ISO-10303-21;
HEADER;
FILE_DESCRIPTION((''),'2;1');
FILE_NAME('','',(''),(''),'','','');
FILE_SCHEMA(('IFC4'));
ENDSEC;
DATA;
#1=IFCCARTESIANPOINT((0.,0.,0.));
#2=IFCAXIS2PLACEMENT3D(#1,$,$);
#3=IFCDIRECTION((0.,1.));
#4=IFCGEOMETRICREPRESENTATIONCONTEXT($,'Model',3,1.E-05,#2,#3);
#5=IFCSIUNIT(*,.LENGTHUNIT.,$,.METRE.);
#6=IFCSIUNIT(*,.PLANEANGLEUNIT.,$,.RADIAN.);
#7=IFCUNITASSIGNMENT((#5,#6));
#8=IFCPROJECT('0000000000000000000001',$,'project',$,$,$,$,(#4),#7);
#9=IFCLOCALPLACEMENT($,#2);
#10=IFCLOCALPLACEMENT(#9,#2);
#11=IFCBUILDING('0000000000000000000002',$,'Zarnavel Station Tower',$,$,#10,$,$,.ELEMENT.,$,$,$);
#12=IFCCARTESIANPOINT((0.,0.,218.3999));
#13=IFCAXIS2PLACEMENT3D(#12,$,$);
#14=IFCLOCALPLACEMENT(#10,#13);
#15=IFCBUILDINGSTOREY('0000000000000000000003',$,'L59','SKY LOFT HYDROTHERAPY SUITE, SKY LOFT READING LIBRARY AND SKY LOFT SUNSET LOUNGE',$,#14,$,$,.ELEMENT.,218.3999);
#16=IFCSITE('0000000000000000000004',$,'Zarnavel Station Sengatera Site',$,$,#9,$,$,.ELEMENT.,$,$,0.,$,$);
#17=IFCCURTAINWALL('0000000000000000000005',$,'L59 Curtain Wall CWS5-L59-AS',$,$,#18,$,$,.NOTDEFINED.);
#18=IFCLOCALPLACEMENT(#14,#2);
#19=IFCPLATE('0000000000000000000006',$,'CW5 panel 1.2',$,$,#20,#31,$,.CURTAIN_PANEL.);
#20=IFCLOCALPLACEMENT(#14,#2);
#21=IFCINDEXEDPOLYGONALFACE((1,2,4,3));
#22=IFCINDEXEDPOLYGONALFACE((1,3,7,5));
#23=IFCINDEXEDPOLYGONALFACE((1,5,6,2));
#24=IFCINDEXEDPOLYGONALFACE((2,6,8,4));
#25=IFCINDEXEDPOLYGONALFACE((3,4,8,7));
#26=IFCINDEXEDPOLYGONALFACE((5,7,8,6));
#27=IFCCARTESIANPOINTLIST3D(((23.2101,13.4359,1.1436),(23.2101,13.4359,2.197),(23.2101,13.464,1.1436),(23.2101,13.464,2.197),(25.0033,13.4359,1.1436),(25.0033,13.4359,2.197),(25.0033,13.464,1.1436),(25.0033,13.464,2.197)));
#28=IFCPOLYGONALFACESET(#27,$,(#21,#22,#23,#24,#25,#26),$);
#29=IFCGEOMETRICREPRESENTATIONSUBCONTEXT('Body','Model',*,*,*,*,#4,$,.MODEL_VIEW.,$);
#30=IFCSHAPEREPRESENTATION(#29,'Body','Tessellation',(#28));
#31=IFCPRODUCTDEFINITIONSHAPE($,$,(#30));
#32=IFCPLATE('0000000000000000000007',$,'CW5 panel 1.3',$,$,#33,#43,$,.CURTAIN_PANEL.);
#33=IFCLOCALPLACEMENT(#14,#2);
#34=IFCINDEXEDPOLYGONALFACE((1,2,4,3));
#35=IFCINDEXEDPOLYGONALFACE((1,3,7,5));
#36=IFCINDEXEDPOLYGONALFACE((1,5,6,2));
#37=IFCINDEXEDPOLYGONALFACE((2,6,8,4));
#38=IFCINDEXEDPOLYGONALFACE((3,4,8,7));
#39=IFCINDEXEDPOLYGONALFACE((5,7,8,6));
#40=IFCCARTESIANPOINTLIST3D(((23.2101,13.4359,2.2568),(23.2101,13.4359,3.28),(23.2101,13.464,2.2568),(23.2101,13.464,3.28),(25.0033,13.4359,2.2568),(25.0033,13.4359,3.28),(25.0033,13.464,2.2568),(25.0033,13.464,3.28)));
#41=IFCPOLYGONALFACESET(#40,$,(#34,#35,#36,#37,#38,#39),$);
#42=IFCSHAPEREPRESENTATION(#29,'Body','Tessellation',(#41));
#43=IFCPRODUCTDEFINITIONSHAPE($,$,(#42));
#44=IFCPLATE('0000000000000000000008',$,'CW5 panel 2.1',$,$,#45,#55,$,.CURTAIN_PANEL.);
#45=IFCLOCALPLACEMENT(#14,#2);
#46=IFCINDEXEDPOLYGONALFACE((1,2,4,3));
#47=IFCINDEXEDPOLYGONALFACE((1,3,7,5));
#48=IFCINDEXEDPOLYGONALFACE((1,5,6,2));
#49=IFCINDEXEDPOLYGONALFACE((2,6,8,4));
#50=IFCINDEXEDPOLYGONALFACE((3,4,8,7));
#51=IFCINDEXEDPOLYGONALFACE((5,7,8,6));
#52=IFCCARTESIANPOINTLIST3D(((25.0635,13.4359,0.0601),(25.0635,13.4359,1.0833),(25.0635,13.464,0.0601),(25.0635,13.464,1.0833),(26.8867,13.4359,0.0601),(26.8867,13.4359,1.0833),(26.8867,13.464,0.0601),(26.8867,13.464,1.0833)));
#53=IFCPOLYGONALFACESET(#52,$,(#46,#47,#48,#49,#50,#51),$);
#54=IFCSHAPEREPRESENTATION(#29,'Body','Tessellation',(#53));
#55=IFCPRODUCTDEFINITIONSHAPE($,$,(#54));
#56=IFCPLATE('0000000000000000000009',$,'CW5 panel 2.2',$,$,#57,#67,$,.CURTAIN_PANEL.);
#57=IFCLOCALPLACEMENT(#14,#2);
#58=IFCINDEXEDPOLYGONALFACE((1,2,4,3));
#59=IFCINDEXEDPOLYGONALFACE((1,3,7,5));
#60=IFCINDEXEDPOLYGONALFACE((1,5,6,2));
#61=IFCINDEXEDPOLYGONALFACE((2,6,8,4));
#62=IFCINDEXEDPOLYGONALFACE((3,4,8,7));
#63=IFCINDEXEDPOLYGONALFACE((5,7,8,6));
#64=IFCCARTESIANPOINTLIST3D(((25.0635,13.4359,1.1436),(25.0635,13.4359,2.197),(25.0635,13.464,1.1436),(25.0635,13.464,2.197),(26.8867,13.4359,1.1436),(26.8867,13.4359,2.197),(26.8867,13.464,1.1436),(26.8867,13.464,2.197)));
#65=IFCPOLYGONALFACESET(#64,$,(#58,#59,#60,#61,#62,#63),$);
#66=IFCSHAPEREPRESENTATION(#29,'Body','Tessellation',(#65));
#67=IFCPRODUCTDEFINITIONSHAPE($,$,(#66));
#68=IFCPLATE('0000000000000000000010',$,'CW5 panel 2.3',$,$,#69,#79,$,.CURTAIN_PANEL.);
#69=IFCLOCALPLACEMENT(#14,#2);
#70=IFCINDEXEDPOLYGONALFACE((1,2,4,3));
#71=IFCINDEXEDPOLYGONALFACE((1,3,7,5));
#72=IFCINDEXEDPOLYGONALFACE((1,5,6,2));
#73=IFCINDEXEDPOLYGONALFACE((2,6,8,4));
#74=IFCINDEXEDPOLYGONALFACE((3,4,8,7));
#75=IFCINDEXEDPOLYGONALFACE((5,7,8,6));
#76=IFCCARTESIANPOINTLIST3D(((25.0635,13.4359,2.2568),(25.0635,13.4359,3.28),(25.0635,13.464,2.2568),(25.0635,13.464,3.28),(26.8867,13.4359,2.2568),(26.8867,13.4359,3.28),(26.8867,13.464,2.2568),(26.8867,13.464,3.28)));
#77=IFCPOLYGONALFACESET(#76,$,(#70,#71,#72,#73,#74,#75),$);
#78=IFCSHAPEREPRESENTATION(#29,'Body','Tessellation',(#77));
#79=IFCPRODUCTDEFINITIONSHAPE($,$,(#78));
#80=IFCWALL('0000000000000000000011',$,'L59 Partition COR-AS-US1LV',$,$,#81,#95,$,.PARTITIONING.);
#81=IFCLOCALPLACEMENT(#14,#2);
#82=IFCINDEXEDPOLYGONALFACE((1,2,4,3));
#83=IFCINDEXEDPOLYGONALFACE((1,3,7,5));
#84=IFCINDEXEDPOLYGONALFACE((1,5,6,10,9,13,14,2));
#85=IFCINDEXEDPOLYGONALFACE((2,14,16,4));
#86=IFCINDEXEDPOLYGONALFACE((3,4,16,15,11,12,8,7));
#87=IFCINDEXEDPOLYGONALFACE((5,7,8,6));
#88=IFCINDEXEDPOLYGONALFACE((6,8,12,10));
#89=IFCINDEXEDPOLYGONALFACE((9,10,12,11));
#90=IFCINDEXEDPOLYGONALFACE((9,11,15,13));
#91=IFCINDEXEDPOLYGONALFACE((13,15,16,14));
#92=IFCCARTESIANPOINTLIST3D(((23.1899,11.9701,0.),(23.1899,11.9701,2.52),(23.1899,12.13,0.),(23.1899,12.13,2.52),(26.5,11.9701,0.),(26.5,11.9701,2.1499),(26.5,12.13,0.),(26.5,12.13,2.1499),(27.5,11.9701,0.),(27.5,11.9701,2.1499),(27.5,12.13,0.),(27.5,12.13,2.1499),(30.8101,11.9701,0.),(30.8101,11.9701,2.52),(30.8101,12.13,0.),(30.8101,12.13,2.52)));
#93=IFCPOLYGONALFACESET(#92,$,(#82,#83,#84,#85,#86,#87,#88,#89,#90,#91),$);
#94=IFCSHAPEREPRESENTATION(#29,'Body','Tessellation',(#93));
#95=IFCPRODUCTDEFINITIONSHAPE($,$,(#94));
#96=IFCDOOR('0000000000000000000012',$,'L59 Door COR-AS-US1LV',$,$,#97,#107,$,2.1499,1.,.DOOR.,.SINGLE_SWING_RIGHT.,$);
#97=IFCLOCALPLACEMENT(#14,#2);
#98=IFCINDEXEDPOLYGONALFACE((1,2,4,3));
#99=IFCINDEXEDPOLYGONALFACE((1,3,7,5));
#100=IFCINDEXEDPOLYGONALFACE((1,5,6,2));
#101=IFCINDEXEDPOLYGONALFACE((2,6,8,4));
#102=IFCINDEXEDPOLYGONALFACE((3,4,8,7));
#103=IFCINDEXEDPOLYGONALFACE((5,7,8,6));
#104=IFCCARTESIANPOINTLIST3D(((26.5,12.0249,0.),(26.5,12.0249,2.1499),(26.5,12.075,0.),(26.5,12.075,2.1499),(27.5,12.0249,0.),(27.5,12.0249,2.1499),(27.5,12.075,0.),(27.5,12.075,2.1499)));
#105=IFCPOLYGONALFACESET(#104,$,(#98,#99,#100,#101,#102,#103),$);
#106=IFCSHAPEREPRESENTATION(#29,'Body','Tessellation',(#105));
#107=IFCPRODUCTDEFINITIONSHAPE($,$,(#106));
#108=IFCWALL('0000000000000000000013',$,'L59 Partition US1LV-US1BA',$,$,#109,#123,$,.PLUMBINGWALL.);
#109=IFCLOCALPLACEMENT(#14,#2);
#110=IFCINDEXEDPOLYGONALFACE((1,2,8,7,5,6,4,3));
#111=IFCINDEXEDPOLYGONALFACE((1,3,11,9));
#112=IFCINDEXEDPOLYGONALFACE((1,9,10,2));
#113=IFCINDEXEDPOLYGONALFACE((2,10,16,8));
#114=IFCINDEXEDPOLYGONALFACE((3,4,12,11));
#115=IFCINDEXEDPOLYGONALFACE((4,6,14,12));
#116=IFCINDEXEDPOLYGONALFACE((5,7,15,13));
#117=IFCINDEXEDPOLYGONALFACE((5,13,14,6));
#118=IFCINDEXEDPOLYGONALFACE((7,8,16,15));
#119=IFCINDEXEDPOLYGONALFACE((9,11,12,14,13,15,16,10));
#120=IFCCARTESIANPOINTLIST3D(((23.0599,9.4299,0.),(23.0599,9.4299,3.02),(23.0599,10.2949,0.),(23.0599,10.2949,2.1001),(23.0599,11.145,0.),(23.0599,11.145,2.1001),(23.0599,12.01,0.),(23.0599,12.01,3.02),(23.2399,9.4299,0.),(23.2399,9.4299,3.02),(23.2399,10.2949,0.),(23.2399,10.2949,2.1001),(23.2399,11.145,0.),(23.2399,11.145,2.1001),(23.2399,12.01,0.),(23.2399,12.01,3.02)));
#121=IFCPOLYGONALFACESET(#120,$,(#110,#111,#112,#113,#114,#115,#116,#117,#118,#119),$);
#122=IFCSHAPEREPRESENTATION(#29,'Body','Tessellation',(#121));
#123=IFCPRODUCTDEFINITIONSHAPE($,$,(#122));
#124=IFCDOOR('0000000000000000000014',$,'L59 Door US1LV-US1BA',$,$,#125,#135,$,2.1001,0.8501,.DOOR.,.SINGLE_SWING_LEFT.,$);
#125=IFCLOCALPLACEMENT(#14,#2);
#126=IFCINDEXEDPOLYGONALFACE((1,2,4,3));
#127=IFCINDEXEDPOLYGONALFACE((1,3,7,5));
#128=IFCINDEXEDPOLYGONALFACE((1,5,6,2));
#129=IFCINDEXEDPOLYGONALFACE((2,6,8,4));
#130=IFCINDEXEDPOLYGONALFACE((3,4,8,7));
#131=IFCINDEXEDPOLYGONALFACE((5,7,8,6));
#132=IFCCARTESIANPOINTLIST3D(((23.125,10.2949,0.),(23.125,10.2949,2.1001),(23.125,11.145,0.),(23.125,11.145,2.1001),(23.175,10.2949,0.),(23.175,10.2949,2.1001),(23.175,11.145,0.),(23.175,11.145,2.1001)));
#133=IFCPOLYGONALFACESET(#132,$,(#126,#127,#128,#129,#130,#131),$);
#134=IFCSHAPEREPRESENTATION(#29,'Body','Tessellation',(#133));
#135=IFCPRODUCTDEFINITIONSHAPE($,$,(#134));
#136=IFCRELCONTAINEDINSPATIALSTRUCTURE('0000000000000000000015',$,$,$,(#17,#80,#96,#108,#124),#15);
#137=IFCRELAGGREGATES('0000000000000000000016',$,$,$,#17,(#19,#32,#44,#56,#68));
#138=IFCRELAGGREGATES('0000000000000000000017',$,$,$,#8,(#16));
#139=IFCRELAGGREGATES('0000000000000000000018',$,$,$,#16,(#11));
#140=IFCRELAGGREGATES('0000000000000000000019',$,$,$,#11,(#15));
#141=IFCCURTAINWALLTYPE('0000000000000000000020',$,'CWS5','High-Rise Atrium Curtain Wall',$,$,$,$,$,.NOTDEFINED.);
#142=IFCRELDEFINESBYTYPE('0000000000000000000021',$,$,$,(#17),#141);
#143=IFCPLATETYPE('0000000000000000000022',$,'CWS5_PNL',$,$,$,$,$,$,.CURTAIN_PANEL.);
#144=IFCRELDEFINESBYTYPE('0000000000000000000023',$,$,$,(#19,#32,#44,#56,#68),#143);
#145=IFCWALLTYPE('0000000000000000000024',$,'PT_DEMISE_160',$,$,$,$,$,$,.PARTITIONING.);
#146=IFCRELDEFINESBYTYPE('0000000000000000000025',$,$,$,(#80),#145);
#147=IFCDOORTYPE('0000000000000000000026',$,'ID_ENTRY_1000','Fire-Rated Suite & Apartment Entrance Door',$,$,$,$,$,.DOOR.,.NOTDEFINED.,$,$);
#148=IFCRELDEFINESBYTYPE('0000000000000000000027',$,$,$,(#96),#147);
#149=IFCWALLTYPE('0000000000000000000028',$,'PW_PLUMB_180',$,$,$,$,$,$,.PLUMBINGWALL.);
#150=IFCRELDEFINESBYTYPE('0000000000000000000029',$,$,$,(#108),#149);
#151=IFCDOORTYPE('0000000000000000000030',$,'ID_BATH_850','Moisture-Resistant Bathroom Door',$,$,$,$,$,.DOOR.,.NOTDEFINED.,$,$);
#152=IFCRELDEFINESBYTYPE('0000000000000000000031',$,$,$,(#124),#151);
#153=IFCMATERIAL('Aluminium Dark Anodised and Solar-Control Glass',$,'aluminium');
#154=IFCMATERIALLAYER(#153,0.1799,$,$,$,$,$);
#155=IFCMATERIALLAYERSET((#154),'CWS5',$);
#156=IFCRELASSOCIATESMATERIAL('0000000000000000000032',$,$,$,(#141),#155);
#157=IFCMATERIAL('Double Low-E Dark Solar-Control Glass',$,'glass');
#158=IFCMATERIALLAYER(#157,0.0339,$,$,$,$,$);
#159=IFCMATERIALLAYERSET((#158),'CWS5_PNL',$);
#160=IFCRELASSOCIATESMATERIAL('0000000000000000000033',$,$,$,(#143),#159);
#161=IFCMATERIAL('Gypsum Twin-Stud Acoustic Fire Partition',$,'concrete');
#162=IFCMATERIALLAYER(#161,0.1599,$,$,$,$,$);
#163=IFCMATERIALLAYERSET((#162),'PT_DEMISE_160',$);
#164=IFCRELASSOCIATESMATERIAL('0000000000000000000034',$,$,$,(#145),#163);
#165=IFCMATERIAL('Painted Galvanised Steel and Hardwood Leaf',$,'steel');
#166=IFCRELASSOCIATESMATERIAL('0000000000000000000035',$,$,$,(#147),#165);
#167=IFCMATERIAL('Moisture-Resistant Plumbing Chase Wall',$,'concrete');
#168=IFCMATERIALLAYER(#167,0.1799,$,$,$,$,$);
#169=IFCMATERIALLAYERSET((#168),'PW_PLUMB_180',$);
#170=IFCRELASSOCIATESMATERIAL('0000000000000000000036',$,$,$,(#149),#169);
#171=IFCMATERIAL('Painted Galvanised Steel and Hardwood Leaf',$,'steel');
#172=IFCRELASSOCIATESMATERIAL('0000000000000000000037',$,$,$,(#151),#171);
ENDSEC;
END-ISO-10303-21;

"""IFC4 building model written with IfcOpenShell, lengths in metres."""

from ifc_helpers import new_model, si_unit, direction, frame, frame_2d, origin, origin_2d, place, context, subcontext, project, spatial, rectangle, extrude, material, layer, layer_set, type_object, element, fill, aggregate, save


model = new_model("IFC4")

# Units and contexts
model_context = context("Model", 3, precision=1e-05, world=origin(), true_north=direction((0.0, 1.0)))
body_context = subcontext(model_context, "Body", "Model", "MODEL_VIEW")
ifc_project = project(units=[si_unit("LENGTHUNIT", "METRE"), si_unit("PLANEANGLEUNIT", "RADIAN")], contexts=[model_context])

# Site, building, storey
site_placement = place(None, origin())
site = spatial("IfcSite", under=ifc_project, at=site_placement, Name="Zarnavel Station Sengatera Site", CompositionType="ELEMENT", RefElevation=0.0)
building_placement = place(site_placement, origin())
building = spatial("IfcBuilding", under=site, at=building_placement, Name="Zarnavel Station Tower", CompositionType="ELEMENT")
storey_placement = place(building_placement, frame((0.0, 0.0, 218.3999)))
storey = spatial("IfcBuildingStorey", under=building, at=storey_placement, Name="L59", Description="SKY LOFT HYDROTHERAPY SUITE, SKY LOFT READING LIBRARY AND SKY LOFT SUNSET LOUNGE", CompositionType="ELEMENT", Elevation=218.3999)

# Curtain wall, plates
ifc_material_1 = material(Name="Aluminium Dark Anodised and Solar-Control Glass", Category="aluminium")
ifc_layer_1 = layer(ifc_material_1, 0.1799)
ifc_layer_set_1 = layer_set([ifc_layer_1], Name="CWS5")
curtain_wall_type = type_object("IfcCurtainWallType", Name="CWS5", Description="High-Rise Atrium Curtain Wall", PredefinedType="NOTDEFINED", material=ifc_layer_set_1)
curtain_wall_placement = place(storey_placement, origin())
curtain_wall = element("IfcCurtainWall", 1, at=curtain_wall_placement, inside=storey, type_object=curtain_wall_type, Name="L59 Curtain Wall CWS5-L59-AS", PredefinedType="NOTDEFINED")
ifc_material_2 = material(Name="Double Low-E Dark Solar-Control Glass", Category="glass")
ifc_layer_2 = layer(ifc_material_2, 0.0339)
ifc_layer_set_2 = layer_set([ifc_layer_2], Name="CWS5_PNL")
plate_type = type_object("IfcPlateType", Name="CWS5_PNL", PredefinedType="CURTAIN_PANEL", material=ifc_layer_set_2)
plate_1_placement = place(storey_placement, frame((24.1067, 13.45, 1.1436), z_axis=(0.0, 0.0, 1.0), x_axis=(1.0, 0.0, 0.0)))
plate_1 = element("IfcPlate", 2, at=plate_1_placement, type_object=plate_type, Name="CW5 panel 1.2", PredefinedType="CURTAIN_PANEL", context=body_context, shape_type="SweptSolid", body=[
    extrude(rectangle(XDim=1.7932, YDim=0.0281, at=origin_2d()), origin(), (0.0, 0.0, 1.0), 1.0535),
])
plate_2_placement = place(storey_placement, frame((24.1067, 13.45, 2.2568), z_axis=(0.0, 0.0, 1.0), x_axis=(1.0, 0.0, 0.0)))
plate_2 = element("IfcPlate", 3, at=plate_2_placement, type_object=plate_type, Name="CW5 panel 1.3", PredefinedType="CURTAIN_PANEL", context=body_context, shape_type="SweptSolid", body=[
    extrude(rectangle(XDim=1.7932, YDim=0.0281, at=origin_2d()), origin(), (0.0, 0.0, 1.0), 1.0232),
])
plate_3_placement = place(storey_placement, frame((25.9751, 13.45, 0.0601), z_axis=(0.0, 0.0, 1.0), x_axis=(1.0, 0.0, 0.0)))
plate_3 = element("IfcPlate", 4, at=plate_3_placement, type_object=plate_type, Name="CW5 panel 2.1", PredefinedType="CURTAIN_PANEL", context=body_context, shape_type="SweptSolid", body=[
    extrude(rectangle(XDim=1.8232, YDim=0.0281, at=origin_2d()), origin(), (0.0, 0.0, 1.0), 1.0232),
])
plate_4_placement = place(storey_placement, frame((25.9751, 13.45, 1.1436), z_axis=(0.0, 0.0, 1.0), x_axis=(1.0, 0.0, 0.0)))
plate_4 = element("IfcPlate", 5, at=plate_4_placement, type_object=plate_type, Name="CW5 panel 2.2", PredefinedType="CURTAIN_PANEL", context=body_context, shape_type="SweptSolid", body=[
    extrude(rectangle(XDim=1.8232, YDim=0.0281, at=origin_2d()), origin(), (0.0, 0.0, 1.0), 1.0535),
])
plate_5_placement = place(storey_placement, frame((25.9751, 13.45, 2.2568), z_axis=(0.0, 0.0, 1.0), x_axis=(1.0, 0.0, 0.0)))
plate_5 = element("IfcPlate", 6, at=plate_5_placement, type_object=plate_type, Name="CW5 panel 2.3", PredefinedType="CURTAIN_PANEL", context=body_context, shape_type="SweptSolid", body=[
    extrude(rectangle(XDim=1.8232, YDim=0.0281, at=origin_2d()), origin(), (0.0, 0.0, 1.0), 1.0232),
])
aggregate(curtain_wall, [plate_1, plate_2, plate_3, plate_4, plate_5])

# Walls, openings, doors
ifc_material_3 = material(Name="Gypsum Twin-Stud Acoustic Fire Partition", Category="concrete")
ifc_layer_3 = layer(ifc_material_3, 0.1599)
ifc_layer_set_3 = layer_set([ifc_layer_3], Name="PT_DEMISE_160")
wall_type_1 = type_object("IfcWallType", Name="PT_DEMISE_160", PredefinedType="PARTITIONING", material=ifc_layer_set_3)
wall_1_placement = place(storey_placement, frame((23.1899, 12.05, 0.0), z_axis=(0.0, 0.0, 1.0), x_axis=(1.0, 0.0, 0.0)))
wall_1 = element("IfcWall", 7, at=wall_1_placement, inside=storey, type_object=wall_type_1, Name="L59 Partition COR-AS-US1LV", PredefinedType="PARTITIONING", context=body_context, shape_type="SweptSolid", body=[
    extrude(rectangle(XDim=7.6201, YDim=0.1599, at=frame_2d((3.8101, 0.0))), origin(), (0.0, 0.0, 1.0), 2.52),
])
opening_1_placement = place(wall_1_placement, frame((3.3101, 0.0, 0.0)))
opening_1 = element("IfcOpeningElement", 8, at=opening_1_placement, cuts=wall_1, PredefinedType="OPENING", context=body_context, shape_type="SweptSolid", body=[
    extrude(rectangle(XDim=1.0, YDim=2.1499, at=frame_2d((0.5, 1.075))), frame((0.0, 0.0898, 0.0), z_axis=(0.0, -1.0, 0.0), x_axis=(1.0, 0.0, 0.0)), (0.0, 0.0, 1.0), 0.1799),
])
ifc_material_4 = material(Name="Painted Galvanised Steel and Hardwood Leaf", Category="steel")
door_type_1 = type_object("IfcDoorType", Name="ID_ENTRY_1000", Description="Fire-Rated Suite & Apartment Entrance Door", OperationType="NOTDEFINED", PredefinedType="DOOR", material=ifc_material_4)
door_1_placement = place(opening_1_placement, origin())
door_1 = element("IfcDoor", 9, at=door_1_placement, inside=storey, type_object=door_type_1, Name="L59 Door COR-AS-US1LV", OperationType="SINGLE_SWING_RIGHT", OverallHeight=2.1499, OverallWidth=1.0, PredefinedType="DOOR", context=body_context, shape_type="SweptSolid", body=[
    extrude(rectangle(XDim=1.0, YDim=2.1499, at=frame_2d((0.5, 1.075))), frame((0.0, 0.0249, 0.0), z_axis=(0.0, -1.0, 0.0), x_axis=(1.0, 0.0, 0.0)), (0.0, 0.0, 1.0), 0.05),
])
fill(opening_1, door_1)
ifc_material_5 = material(Name="Moisture-Resistant Plumbing Chase Wall", Category="concrete")
ifc_layer_4 = layer(ifc_material_5, 0.1799)
ifc_layer_set_4 = layer_set([ifc_layer_4], Name="PW_PLUMB_180")
wall_type_2 = type_object("IfcWallType", Name="PW_PLUMB_180", PredefinedType="PLUMBINGWALL", material=ifc_layer_set_4)
wall_2_placement = place(storey_placement, frame((23.1499, 9.4299, 0.0), z_axis=(0.0, 0.0, 1.0), x_axis=(0.0, 1.0, 0.0)))
wall_2 = element("IfcWall", 10, at=wall_2_placement, inside=storey, type_object=wall_type_2, Name="L59 Partition US1LV-US1BA", PredefinedType="PLUMBINGWALL", context=body_context, shape_type="SweptSolid", body=[
    extrude(rectangle(XDim=2.5801, YDim=0.1799, at=frame_2d((1.29, 0.0))), origin(), (0.0, 0.0, 1.0), 3.02),
])
opening_2_placement = place(wall_2_placement, frame((0.865, 0.0, 0.0)))
opening_2 = element("IfcOpeningElement", 11, at=opening_2_placement, cuts=wall_2, PredefinedType="OPENING", context=body_context, shape_type="SweptSolid", body=[
    extrude(rectangle(XDim=0.8501, YDim=2.1001, at=frame_2d((0.425, 1.05))), frame((0.0, 0.0999, 0.0), z_axis=(0.0, -1.0, 0.0), x_axis=(1.0, 0.0, 0.0)), (0.0, 0.0, 1.0), 0.2),
])
ifc_material_6 = material(Name="Painted Galvanised Steel and Hardwood Leaf", Category="steel")
door_type_2 = type_object("IfcDoorType", Name="ID_BATH_850", Description="Moisture-Resistant Bathroom Door", OperationType="NOTDEFINED", PredefinedType="DOOR", material=ifc_material_6)
door_2_placement = place(opening_2_placement, origin())
door_2 = element("IfcDoor", 12, at=door_2_placement, inside=storey, type_object=door_type_2, Name="L59 Door US1LV-US1BA", OperationType="SINGLE_SWING_LEFT", OverallHeight=2.1001, OverallWidth=0.8501, PredefinedType="DOOR", context=body_context, shape_type="SweptSolid", body=[
    extrude(rectangle(XDim=0.8501, YDim=2.1001, at=frame_2d((0.425, 1.05))), frame((0.0, 0.0249, 0.0), z_axis=(0.0, -1.0, 0.0), x_axis=(1.0, 0.0, 0.0)), (0.0, 0.0, 1.0), 0.05),
])
fill(opening_2, door_2)

save(model, "model.ifc")
